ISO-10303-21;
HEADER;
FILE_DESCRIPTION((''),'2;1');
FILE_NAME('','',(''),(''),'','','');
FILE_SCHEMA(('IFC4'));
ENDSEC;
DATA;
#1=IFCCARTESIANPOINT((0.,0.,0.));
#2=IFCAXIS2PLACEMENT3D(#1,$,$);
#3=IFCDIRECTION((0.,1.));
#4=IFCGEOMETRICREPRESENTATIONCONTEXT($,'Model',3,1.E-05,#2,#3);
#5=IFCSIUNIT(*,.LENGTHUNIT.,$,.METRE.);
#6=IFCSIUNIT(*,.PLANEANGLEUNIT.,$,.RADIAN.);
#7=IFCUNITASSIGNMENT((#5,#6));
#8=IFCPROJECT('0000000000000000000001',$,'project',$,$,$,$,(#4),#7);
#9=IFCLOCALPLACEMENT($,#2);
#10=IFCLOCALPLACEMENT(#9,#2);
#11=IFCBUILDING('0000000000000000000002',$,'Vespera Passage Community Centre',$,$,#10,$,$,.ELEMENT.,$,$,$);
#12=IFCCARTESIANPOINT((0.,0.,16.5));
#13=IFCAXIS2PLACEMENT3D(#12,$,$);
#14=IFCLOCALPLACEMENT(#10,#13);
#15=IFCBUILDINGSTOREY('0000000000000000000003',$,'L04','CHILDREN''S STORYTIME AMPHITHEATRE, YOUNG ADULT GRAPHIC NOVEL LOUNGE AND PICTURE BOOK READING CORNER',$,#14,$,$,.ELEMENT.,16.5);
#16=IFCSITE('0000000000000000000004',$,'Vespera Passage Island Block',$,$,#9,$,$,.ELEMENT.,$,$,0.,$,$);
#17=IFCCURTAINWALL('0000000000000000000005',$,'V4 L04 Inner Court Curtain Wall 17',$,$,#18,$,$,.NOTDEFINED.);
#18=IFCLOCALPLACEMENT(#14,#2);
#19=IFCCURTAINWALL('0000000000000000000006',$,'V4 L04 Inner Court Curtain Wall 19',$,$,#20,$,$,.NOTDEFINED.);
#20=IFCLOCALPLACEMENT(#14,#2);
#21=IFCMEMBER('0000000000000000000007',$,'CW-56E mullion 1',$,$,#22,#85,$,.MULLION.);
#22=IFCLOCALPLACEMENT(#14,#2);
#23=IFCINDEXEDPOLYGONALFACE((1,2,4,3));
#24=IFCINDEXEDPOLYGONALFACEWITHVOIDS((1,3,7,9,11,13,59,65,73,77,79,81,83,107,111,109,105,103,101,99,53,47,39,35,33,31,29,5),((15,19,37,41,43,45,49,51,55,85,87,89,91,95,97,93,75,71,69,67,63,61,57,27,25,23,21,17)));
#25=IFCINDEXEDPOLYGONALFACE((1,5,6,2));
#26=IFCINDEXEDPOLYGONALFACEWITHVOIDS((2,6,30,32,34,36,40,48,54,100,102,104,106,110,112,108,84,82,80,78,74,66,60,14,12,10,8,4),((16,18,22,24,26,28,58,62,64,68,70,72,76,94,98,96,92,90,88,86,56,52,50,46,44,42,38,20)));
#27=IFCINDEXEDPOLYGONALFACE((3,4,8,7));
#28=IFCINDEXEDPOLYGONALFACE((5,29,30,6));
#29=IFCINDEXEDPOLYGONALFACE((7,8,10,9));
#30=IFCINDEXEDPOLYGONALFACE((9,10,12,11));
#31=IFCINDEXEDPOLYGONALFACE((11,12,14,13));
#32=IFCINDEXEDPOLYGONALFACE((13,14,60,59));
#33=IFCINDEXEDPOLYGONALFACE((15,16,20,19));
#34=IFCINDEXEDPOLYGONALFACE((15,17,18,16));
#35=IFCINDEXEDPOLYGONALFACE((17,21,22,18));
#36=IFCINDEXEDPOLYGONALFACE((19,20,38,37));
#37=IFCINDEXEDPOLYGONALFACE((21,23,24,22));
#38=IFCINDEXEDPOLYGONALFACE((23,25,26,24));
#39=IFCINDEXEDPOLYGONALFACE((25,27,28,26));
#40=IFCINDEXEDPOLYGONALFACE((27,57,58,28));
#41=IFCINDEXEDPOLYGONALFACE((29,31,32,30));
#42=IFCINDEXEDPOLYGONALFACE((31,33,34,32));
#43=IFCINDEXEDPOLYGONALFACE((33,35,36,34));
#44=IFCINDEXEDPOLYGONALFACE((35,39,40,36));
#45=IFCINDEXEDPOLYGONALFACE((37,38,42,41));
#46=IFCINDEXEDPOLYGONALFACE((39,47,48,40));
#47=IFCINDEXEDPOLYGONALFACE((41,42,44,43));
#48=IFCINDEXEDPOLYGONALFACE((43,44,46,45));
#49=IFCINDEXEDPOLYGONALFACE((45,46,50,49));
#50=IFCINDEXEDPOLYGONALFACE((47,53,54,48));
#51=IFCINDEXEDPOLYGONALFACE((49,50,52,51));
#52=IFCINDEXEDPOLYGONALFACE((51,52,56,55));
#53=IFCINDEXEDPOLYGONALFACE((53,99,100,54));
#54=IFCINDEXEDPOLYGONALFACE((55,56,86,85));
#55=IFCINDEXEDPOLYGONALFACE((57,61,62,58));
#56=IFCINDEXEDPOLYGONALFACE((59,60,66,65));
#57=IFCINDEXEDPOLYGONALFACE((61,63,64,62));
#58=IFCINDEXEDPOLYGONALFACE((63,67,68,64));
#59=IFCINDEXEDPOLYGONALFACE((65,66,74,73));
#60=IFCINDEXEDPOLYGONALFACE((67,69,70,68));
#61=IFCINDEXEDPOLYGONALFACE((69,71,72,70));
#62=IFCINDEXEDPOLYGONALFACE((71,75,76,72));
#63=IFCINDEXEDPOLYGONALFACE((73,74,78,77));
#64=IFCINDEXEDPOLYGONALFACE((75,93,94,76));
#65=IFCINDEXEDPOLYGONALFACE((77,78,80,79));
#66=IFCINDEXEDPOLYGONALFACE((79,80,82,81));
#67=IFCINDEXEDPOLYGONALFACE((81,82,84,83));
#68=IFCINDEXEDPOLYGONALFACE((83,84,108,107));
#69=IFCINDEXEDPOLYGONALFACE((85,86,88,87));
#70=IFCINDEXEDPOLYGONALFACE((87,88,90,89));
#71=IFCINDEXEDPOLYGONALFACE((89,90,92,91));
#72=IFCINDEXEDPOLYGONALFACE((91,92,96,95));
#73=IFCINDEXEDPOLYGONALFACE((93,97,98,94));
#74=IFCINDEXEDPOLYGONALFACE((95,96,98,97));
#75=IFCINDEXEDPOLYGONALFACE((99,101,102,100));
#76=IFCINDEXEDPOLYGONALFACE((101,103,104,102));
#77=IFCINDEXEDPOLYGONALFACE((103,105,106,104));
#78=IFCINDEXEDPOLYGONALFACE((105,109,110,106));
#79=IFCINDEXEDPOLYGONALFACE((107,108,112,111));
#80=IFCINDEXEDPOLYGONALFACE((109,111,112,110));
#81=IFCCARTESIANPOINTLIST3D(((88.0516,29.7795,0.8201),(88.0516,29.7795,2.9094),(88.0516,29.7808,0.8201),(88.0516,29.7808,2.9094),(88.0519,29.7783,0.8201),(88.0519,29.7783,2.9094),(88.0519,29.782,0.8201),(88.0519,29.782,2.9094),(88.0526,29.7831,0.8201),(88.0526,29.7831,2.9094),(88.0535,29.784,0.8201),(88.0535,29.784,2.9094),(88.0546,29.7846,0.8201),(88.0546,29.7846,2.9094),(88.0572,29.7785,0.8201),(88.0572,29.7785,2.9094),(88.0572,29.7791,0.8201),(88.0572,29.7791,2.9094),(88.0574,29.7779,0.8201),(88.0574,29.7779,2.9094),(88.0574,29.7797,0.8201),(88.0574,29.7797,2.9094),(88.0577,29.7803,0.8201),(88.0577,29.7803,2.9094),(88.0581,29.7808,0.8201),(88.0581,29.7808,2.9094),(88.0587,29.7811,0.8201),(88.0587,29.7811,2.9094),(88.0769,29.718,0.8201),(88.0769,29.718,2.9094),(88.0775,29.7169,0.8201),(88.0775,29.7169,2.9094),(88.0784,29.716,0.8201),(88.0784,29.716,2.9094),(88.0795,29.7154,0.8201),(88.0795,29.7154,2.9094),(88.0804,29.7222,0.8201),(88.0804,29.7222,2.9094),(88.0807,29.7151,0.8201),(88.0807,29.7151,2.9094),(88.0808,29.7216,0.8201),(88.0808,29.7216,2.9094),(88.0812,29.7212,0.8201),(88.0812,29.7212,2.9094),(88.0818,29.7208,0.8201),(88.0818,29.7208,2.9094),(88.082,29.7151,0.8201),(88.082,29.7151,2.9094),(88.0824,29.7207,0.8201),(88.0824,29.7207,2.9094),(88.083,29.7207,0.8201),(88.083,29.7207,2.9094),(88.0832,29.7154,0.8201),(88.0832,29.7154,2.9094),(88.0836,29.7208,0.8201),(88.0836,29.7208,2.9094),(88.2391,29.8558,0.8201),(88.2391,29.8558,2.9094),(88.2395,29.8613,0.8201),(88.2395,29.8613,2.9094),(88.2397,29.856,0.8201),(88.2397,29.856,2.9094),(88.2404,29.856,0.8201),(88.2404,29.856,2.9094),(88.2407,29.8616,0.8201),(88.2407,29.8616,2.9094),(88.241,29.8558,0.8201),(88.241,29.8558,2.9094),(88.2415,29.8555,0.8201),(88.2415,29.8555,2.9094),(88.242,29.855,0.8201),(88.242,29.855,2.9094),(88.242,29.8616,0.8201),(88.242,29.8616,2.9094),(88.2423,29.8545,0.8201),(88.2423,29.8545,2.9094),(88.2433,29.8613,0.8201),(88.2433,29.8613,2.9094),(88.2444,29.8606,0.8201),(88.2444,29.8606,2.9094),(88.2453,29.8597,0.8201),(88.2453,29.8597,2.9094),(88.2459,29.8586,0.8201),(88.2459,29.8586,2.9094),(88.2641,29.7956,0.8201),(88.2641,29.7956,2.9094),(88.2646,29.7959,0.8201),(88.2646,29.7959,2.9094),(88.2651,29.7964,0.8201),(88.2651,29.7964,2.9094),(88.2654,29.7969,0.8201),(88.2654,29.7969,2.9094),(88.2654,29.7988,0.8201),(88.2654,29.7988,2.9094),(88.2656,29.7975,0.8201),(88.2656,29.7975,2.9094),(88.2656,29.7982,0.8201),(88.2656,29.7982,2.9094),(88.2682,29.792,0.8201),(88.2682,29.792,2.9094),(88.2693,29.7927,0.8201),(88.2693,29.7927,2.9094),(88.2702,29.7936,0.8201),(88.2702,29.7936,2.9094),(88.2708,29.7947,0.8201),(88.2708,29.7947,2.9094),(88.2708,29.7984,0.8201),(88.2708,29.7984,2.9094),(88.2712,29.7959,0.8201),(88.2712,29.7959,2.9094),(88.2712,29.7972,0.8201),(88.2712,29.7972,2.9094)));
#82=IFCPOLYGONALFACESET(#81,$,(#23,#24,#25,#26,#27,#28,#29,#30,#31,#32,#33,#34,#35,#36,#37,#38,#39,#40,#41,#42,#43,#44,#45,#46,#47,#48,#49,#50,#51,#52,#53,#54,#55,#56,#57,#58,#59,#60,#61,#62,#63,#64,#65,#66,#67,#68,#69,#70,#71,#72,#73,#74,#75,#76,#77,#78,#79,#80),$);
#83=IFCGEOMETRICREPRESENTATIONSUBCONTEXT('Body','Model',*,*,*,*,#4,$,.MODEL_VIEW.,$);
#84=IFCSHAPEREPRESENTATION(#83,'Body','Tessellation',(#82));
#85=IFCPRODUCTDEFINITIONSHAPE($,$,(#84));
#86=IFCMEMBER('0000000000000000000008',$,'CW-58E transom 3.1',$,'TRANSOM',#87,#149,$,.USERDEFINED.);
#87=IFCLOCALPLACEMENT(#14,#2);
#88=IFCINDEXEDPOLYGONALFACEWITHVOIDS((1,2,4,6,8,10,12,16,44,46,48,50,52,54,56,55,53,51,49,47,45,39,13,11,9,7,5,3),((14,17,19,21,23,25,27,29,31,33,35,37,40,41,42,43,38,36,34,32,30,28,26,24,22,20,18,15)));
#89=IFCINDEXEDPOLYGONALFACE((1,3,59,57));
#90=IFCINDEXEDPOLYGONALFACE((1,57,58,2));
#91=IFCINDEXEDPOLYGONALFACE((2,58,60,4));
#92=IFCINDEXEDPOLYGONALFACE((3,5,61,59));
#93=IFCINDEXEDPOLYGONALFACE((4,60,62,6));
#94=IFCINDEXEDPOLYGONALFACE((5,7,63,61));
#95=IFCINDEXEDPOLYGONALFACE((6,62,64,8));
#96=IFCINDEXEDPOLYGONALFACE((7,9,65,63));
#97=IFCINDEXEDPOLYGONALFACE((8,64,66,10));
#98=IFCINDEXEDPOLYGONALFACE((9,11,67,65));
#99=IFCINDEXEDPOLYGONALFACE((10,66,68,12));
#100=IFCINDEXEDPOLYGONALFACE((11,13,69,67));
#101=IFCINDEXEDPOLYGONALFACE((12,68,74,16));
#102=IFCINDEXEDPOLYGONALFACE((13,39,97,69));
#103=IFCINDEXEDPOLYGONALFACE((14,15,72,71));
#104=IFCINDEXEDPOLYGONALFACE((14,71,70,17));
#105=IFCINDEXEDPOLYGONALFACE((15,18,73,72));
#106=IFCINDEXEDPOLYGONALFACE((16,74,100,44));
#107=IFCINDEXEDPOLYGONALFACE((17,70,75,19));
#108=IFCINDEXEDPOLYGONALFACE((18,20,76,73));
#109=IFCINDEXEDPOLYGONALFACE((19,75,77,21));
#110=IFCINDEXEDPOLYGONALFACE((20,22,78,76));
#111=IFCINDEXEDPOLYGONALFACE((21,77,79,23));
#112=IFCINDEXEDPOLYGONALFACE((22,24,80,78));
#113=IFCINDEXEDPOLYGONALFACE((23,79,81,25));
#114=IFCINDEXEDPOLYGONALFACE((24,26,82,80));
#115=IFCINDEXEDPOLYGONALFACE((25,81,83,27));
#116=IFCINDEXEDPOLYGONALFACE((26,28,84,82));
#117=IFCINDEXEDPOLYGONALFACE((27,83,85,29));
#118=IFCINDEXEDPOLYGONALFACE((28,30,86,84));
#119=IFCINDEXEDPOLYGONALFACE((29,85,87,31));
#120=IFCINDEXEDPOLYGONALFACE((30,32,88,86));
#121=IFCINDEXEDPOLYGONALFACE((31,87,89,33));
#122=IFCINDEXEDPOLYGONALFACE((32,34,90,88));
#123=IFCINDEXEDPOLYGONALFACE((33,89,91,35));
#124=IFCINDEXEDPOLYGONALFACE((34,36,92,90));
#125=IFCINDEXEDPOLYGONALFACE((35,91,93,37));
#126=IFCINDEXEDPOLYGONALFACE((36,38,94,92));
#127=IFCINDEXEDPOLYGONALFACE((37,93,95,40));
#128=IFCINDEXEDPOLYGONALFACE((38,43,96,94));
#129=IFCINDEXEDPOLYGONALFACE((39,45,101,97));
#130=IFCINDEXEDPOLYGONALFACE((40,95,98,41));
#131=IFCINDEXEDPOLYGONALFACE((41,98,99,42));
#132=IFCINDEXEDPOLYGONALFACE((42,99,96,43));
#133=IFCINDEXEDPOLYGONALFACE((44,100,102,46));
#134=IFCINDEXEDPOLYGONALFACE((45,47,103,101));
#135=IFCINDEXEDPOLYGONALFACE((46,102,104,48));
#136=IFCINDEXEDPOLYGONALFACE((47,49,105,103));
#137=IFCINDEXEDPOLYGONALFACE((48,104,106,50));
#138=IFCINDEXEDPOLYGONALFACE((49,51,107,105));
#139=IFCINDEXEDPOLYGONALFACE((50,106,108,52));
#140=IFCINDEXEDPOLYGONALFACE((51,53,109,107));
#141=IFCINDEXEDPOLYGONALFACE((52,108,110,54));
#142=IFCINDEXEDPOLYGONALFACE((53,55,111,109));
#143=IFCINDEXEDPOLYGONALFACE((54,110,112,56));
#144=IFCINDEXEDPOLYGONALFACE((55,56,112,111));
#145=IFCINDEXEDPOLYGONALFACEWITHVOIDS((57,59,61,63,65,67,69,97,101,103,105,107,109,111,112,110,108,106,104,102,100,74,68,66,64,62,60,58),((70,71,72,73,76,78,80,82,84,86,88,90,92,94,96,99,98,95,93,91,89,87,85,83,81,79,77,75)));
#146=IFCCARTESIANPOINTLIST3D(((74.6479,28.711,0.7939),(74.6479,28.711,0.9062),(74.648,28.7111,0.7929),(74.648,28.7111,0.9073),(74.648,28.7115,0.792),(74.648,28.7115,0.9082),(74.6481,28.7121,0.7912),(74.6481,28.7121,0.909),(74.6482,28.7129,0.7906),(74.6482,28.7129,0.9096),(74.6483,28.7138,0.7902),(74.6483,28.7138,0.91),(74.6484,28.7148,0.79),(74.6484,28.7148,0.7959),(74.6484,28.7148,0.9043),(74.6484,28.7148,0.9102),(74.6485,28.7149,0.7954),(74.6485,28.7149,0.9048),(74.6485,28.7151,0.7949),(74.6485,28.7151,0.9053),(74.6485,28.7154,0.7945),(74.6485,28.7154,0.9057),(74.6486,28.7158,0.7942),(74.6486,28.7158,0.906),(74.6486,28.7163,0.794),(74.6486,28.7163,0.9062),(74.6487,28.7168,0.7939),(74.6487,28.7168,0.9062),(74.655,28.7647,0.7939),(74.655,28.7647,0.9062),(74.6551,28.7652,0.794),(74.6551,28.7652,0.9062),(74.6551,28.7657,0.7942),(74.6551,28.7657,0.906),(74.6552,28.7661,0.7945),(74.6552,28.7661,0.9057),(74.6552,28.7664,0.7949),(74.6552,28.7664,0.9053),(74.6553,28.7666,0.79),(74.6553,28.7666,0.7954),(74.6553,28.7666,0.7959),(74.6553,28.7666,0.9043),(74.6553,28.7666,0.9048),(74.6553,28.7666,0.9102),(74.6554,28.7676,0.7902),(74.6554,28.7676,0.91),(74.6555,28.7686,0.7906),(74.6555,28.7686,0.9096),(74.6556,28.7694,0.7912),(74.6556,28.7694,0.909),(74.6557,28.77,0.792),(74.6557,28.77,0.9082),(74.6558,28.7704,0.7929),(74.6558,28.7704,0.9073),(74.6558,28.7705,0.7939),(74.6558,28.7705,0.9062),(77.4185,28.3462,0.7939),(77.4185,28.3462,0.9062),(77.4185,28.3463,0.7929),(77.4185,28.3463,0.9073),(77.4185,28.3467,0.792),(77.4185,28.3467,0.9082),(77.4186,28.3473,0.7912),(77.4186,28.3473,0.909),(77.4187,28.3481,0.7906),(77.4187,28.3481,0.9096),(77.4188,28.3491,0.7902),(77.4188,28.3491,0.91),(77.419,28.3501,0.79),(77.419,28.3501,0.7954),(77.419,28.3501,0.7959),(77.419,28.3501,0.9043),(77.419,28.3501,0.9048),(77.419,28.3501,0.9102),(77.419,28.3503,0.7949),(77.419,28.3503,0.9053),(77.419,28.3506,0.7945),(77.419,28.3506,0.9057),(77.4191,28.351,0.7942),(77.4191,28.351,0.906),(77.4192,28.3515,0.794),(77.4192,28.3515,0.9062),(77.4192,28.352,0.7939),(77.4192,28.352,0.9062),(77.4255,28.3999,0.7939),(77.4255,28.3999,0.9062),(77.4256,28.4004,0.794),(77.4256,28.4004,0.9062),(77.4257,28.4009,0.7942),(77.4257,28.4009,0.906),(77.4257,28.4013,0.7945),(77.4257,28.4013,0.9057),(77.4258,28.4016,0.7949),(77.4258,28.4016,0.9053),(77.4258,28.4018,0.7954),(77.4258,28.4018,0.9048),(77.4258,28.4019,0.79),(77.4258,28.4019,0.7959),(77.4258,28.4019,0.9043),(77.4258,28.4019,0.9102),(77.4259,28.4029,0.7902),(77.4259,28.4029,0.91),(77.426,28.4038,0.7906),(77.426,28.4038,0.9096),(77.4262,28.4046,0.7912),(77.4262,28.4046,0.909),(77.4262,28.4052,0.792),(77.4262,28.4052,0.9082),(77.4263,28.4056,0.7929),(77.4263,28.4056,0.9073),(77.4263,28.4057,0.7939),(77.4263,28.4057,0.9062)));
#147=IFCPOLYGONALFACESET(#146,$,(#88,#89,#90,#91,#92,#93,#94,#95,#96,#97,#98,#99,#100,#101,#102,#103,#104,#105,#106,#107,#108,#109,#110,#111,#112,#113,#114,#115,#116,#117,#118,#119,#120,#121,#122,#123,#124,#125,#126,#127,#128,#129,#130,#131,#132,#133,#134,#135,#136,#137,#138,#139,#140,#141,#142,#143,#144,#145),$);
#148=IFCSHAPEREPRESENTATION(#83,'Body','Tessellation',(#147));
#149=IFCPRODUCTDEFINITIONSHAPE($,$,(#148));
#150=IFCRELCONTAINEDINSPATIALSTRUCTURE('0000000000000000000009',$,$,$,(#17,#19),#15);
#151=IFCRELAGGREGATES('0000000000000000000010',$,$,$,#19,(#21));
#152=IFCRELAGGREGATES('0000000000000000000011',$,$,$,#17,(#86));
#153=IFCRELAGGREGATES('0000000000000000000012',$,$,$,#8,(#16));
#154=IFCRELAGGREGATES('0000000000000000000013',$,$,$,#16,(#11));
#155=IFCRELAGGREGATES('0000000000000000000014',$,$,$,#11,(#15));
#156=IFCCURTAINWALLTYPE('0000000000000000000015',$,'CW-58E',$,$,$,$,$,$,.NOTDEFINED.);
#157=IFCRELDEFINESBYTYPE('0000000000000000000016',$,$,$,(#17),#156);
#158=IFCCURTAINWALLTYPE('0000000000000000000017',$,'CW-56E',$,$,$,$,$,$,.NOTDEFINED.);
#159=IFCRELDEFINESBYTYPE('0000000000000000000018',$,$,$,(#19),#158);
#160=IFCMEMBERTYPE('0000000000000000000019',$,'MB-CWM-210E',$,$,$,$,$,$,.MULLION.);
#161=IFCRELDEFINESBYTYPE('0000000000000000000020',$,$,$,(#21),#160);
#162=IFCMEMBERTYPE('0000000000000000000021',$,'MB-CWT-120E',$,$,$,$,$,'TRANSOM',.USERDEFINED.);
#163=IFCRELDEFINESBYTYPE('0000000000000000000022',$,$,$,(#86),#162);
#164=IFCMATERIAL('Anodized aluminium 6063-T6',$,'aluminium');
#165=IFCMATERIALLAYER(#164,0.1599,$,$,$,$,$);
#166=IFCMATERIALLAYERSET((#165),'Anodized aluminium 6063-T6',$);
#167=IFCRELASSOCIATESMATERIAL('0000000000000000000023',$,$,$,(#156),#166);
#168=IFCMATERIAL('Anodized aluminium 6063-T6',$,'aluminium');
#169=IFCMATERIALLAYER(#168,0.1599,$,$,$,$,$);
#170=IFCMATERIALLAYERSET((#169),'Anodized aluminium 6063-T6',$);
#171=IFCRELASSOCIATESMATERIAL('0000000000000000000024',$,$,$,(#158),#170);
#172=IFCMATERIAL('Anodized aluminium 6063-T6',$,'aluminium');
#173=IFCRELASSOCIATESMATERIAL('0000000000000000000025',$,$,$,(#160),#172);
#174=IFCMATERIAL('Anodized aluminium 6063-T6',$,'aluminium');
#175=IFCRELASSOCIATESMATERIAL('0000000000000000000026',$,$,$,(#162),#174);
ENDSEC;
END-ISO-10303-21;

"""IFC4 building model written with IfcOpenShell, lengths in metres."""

from ifc_helpers import new_model, si_unit, direction, frame, origin, origin_2d, place, context, subcontext, project, spatial, hollow_rectangle, extrude, material, layer, layer_set, material_profile, profile_set, type_object, element, aggregate, save


model = new_model("IFC4")

# Units and contexts
model_context = context("Model", 3, precision=1e-05, world=origin(), true_north=direction((0.0, 1.0)))
body_context = subcontext(model_context, "Body", "Model", "MODEL_VIEW")
ifc_project = project(units=[si_unit("LENGTHUNIT", "METRE"), si_unit("PLANEANGLEUNIT", "RADIAN")], contexts=[model_context])

# Site, building, storey
site_placement = place(None, origin())
site = spatial("IfcSite", under=ifc_project, at=site_placement, Name="Vespera Passage Island Block", CompositionType="ELEMENT", RefElevation=0.0)
building_placement = place(site_placement, origin())
building = spatial("IfcBuilding", under=site, at=building_placement, Name="Vespera Passage Community Centre", CompositionType="ELEMENT")
storey_placement = place(building_placement, frame((0.0, 0.0, 16.5)))
storey = spatial("IfcBuildingStorey", under=building, at=storey_placement, Name="L04", Description="CHILDREN'S STORYTIME AMPHITHEATRE, YOUNG ADULT GRAPHIC NOVEL LOUNGE AND PICTURE BOOK READING CORNER", CompositionType="ELEMENT", Elevation=16.5)

# Curtain wall
ifc_material_1 = material(Name="Anodized aluminium 6063-T6", Category="aluminium")
ifc_layer_1 = layer(ifc_material_1, 0.1599)
ifc_layer_set_1 = layer_set([ifc_layer_1], Name="Anodized aluminium 6063-T6")
curtain_wall_type_1 = type_object("IfcCurtainWallType", Name="CW-58E", PredefinedType="NOTDEFINED", material=ifc_layer_set_1)
curtain_wall_1_placement = place(storey_placement, origin())
curtain_wall_1 = element("IfcCurtainWall", 1, at=curtain_wall_1_placement, inside=storey, type_object=curtain_wall_type_1, Name="V4 L04 Inner Court Curtain Wall 17", PredefinedType="NOTDEFINED")

# Curtain wall, member
ifc_material_2 = material(Name="Anodized aluminium 6063-T6", Category="aluminium")
ifc_layer_2 = layer(ifc_material_2, 0.1599)
ifc_layer_set_2 = layer_set([ifc_layer_2], Name="Anodized aluminium 6063-T6")
curtain_wall_type_2 = type_object("IfcCurtainWallType", Name="CW-56E", PredefinedType="NOTDEFINED", material=ifc_layer_set_2)
curtain_wall_2_placement = place(storey_placement, origin())
curtain_wall_2 = element("IfcCurtainWall", 2, at=curtain_wall_2_placement, inside=storey, type_object=curtain_wall_type_2, Name="V4 L04 Inner Court Curtain Wall 19", PredefinedType="NOTDEFINED")
ifc_material_3 = material(Name="Anodized aluminium 6063-T6", Category="aluminium")
ifc_material_profile_1 = material_profile(ifc_material_3, hollow_rectangle(XDim=0.075, YDim=0.21, WallThickness=0.0049, InnerFilletRadius=0.0024, OuterFilletRadius=0.0049, at=origin_2d()), Name="ALU210X75X5")
ifc_profile_set_1 = profile_set([ifc_material_profile_1], Name="Anodized aluminium 6063-T6")
member_type_1 = type_object("IfcMemberType", Name="MB-CWM-210E", PredefinedType="MULLION", material=ifc_profile_set_1)
member_1_placement = place(storey_placement, frame((88.1614, 29.7883, 0.8201), z_axis=(0.0, 0.0, 1.0), x_axis=(-0.38269, 0.923877, 0.0)))
member_1 = element("IfcMember", 3, at=member_1_placement, type_object=member_type_1, Name="CW-56E mullion 1", PredefinedType="MULLION", context=body_context, shape_type="SweptSolid", body=[
    extrude(hollow_rectangle(XDim=0.075, YDim=0.21, WallThickness=0.0049, InnerFilletRadius=0.0024, OuterFilletRadius=0.0049, at=origin_2d()), origin(), (0.0, 0.0, 1.0), 2.0894),
])

# Member
ifc_material_4 = material(Name="Anodized aluminium 6063-T6", Category="aluminium")
ifc_material_profile_2 = material_profile(ifc_material_4, hollow_rectangle(XDim=0.0601, YDim=0.1201, WallThickness=0.0039, InnerFilletRadius=0.002, OuterFilletRadius=0.0039, at=origin_2d()), Name="ALU120X60X4")
ifc_profile_set_2 = profile_set([ifc_material_profile_2], Name="Anodized aluminium 6063-T6")
member_type_2 = type_object("IfcMemberType", Name="MB-CWT-120E", ElementType="TRANSOM", PredefinedType="USERDEFINED", material=ifc_profile_set_2)
member_2_placement = place(storey_placement, frame((74.6519, 28.7407, 0.8501), z_axis=(0.991445, -0.130527, 0.0), x_axis=(0.130527, 0.991445, 0.0)))
member_2 = element("IfcMember", 4, at=member_2_placement, type_object=member_type_2, Name="CW-58E transom 3.1", ObjectType="TRANSOM", PredefinedType="USERDEFINED", context=body_context, shape_type="SweptSolid", body=[
    extrude(hollow_rectangle(XDim=0.0601, YDim=0.1201, WallThickness=0.0039, InnerFilletRadius=0.002, OuterFilletRadius=0.0039, at=origin_2d()), origin(), (0.0, 0.0, 1.0), 2.7944),
])

aggregate(curtain_wall_2, [member_1])
aggregate(curtain_wall_1, [member_2])

save(model, "model.ifc")
